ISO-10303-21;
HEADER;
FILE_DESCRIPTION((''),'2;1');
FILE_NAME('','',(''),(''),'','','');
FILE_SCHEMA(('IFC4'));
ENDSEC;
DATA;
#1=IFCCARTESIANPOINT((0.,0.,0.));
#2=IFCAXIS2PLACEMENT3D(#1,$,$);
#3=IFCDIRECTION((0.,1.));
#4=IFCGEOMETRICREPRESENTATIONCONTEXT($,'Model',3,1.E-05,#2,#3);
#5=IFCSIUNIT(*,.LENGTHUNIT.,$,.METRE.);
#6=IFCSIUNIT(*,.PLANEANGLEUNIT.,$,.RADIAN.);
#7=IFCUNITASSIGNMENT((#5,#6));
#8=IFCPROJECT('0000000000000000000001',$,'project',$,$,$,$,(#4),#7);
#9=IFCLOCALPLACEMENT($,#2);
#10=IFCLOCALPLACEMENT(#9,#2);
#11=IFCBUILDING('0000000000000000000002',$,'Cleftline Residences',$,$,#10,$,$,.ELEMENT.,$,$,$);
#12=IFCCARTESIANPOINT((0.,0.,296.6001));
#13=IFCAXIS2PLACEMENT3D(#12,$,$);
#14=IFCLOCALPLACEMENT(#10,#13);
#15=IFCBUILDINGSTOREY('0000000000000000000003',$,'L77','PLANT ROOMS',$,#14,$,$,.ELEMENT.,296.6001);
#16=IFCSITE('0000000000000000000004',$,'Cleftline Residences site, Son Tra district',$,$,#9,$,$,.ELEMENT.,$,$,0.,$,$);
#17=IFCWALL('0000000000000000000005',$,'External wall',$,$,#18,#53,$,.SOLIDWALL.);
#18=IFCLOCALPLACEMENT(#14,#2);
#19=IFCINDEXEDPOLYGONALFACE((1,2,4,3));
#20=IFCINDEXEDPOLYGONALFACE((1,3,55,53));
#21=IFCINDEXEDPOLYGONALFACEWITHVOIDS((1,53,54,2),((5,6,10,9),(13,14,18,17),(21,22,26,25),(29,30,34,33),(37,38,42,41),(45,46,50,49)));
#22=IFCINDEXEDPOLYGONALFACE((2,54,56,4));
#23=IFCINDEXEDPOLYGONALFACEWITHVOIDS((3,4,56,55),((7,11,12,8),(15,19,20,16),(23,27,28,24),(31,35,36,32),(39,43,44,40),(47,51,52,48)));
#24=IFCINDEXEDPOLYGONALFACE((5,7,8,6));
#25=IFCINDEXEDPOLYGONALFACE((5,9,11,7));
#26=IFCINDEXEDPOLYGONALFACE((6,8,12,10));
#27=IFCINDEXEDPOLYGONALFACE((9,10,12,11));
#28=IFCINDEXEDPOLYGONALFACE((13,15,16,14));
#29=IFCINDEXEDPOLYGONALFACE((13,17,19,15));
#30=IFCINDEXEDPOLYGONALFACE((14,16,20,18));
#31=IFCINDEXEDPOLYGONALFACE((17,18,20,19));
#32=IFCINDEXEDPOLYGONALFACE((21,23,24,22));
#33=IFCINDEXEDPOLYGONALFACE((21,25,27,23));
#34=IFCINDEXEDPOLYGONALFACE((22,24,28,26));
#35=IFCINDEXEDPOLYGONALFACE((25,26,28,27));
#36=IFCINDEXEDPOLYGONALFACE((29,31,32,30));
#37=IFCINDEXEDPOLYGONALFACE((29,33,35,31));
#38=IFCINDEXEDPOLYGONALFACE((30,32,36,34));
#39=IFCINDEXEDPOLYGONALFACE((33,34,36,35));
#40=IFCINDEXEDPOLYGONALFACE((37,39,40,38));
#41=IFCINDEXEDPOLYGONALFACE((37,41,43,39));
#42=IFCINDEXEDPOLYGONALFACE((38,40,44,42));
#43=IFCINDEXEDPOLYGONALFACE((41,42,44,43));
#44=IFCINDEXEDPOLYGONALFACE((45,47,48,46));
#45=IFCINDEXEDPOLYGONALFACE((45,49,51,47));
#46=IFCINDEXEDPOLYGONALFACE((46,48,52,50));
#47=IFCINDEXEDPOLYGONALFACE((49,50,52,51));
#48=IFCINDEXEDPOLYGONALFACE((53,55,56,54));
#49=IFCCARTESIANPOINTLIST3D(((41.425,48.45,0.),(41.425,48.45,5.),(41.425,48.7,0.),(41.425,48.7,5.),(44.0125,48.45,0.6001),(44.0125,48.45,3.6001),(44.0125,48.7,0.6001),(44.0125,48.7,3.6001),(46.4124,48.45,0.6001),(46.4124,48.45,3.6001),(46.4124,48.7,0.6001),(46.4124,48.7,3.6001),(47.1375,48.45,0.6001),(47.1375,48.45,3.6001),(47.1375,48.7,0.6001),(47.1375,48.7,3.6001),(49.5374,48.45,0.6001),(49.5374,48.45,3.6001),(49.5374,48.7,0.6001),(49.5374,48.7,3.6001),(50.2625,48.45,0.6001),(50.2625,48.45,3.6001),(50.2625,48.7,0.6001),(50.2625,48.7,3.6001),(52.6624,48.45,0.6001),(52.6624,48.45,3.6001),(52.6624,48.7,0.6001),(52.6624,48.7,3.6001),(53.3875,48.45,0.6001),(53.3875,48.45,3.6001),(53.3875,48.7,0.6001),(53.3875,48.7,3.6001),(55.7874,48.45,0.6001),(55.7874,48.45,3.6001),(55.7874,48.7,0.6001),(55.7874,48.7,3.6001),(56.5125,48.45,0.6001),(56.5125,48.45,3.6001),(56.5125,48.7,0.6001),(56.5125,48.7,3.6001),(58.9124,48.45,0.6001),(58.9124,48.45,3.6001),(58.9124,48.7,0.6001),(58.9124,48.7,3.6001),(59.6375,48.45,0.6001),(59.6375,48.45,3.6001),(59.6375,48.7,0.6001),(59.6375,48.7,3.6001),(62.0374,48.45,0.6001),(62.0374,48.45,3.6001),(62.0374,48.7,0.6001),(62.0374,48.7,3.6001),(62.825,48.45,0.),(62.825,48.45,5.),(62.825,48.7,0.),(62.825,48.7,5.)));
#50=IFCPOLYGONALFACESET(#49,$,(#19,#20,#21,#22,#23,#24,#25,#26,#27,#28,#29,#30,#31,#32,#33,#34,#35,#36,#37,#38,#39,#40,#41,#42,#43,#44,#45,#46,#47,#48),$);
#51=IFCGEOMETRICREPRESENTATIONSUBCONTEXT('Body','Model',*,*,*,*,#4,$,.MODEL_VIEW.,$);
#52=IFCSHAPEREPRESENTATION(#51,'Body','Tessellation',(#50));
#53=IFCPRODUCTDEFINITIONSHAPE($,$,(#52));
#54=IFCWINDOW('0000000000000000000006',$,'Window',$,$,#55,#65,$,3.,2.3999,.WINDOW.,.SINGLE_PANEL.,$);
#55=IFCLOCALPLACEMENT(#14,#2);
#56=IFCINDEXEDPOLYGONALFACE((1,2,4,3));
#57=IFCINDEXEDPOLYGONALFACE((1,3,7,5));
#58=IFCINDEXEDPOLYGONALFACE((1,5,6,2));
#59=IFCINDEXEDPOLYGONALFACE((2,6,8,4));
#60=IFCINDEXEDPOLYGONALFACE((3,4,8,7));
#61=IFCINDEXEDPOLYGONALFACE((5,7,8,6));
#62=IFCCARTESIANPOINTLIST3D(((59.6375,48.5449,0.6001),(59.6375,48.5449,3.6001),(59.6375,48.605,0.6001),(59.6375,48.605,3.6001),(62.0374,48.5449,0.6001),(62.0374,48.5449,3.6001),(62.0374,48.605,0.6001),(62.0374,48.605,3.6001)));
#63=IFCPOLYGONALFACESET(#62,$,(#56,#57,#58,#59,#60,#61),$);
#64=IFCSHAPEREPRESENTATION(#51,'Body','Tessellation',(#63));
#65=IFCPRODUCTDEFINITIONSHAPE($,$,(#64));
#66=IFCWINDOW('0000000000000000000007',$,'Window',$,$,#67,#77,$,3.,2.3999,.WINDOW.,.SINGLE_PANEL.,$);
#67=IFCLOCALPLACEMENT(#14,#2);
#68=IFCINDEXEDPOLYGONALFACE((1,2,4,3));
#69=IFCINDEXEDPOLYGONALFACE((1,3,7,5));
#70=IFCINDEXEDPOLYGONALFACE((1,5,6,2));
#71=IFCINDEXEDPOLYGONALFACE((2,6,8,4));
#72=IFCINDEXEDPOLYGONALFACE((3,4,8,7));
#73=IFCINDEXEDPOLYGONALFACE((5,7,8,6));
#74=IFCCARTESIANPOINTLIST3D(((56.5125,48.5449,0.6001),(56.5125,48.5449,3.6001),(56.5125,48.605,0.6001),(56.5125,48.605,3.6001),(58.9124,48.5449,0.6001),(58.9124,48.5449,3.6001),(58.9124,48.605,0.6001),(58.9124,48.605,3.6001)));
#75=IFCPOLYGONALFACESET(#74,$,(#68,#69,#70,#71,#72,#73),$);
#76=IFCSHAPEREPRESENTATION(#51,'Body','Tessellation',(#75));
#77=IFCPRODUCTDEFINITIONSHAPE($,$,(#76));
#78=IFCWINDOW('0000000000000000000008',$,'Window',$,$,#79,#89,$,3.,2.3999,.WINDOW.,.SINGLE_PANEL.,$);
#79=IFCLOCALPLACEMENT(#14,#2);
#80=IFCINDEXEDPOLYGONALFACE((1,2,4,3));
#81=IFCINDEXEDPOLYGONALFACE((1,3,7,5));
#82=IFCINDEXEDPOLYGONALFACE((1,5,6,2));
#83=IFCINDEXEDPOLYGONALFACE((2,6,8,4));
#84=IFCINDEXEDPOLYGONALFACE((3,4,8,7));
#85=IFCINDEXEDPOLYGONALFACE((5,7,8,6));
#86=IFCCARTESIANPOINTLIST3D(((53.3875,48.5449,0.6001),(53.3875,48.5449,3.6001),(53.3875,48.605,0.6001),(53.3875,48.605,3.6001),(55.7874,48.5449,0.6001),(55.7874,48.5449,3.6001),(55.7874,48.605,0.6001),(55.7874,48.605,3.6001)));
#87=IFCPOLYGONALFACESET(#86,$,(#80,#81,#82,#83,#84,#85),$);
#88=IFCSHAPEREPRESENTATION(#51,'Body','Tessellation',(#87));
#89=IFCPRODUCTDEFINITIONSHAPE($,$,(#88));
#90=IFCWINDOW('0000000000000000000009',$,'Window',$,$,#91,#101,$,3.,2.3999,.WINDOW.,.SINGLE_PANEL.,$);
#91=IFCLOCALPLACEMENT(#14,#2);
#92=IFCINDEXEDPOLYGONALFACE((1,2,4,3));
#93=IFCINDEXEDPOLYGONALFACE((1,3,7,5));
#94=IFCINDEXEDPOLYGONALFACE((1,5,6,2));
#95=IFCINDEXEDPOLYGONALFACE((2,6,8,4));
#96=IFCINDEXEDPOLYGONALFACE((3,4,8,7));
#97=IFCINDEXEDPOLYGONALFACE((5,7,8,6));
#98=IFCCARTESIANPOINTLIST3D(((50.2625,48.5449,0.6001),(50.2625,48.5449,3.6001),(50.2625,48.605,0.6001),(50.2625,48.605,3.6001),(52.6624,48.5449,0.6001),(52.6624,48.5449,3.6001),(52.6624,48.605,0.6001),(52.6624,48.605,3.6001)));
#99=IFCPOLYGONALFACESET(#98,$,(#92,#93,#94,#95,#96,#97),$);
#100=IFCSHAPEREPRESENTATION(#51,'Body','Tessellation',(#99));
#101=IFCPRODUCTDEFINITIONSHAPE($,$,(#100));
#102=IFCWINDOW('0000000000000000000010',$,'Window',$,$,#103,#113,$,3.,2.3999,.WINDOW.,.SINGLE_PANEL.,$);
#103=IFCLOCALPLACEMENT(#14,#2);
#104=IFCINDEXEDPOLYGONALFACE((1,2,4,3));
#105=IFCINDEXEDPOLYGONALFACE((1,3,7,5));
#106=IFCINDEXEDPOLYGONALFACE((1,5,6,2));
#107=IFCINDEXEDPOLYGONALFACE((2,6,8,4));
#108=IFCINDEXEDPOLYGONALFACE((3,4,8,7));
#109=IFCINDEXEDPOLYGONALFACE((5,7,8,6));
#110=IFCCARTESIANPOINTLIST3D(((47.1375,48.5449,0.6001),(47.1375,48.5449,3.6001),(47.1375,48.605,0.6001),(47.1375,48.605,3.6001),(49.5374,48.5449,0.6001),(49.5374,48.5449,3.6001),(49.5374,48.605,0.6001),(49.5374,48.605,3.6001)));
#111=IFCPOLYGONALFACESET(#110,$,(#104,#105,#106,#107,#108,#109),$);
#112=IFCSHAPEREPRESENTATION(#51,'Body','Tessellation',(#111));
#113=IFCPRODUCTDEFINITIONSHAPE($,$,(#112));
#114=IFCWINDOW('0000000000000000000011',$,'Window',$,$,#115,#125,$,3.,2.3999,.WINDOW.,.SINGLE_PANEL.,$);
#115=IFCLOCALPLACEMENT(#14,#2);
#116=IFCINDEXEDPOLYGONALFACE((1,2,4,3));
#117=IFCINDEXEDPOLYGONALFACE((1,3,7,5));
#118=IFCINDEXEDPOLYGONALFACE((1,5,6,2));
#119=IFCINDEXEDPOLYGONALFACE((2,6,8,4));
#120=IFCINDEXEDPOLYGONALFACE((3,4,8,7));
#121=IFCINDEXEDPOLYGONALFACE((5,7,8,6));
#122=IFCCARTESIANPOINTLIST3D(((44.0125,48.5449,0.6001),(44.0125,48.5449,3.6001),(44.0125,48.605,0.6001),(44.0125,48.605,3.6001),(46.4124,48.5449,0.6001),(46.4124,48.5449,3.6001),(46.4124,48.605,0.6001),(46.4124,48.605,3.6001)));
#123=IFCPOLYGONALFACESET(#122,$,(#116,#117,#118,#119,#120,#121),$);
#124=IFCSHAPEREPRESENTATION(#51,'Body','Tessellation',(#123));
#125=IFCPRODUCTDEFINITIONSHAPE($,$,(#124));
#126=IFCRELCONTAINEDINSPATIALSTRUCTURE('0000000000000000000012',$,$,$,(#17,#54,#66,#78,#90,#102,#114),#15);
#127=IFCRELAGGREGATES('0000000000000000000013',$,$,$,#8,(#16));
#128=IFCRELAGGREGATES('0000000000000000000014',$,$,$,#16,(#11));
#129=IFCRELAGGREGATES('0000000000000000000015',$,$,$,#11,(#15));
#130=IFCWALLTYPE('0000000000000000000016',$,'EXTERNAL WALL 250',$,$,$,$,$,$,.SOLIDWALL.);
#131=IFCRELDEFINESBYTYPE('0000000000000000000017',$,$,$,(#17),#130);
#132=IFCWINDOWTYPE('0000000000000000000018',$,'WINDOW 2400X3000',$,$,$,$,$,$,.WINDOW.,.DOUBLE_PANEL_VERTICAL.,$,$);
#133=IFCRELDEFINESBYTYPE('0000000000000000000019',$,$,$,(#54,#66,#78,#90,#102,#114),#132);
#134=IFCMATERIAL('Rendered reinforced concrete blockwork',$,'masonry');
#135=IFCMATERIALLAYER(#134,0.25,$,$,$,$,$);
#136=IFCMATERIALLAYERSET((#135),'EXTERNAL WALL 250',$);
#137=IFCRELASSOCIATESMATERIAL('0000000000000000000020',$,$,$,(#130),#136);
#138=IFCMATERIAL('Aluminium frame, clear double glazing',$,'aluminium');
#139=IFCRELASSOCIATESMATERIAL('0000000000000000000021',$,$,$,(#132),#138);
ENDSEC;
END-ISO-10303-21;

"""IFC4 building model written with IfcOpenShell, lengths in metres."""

from ifc_helpers import new_model, si_unit, direction, frame, frame_2d, origin, place, context, subcontext, project, spatial, rectangle, extrude, material, layer, layer_set, type_object, element, fill, save


model = new_model("IFC4")

# Units and contexts
model_context = context("Model", 3, precision=1e-05, world=origin(), true_north=direction((0.0, 1.0)))
body_context = subcontext(model_context, "Body", "Model", "MODEL_VIEW")
ifc_project = project(units=[si_unit("LENGTHUNIT", "METRE"), si_unit("PLANEANGLEUNIT", "RADIAN")], contexts=[model_context])

# Site, building, storey
site_placement = place(None, origin())
site = spatial("IfcSite", under=ifc_project, at=site_placement, Name="Cleftline Residences site, Son Tra district", CompositionType="ELEMENT", RefElevation=0.0)
building_placement = place(site_placement, origin())
building = spatial("IfcBuilding", under=site, at=building_placement, Name="Cleftline Residences", CompositionType="ELEMENT")
storey_placement = place(building_placement, frame((0.0, 0.0, 296.6001)))
storey = spatial("IfcBuildingStorey", under=building, at=storey_placement, Name="L77", Description="PLANT ROOMS", CompositionType="ELEMENT", Elevation=296.6001)

# Shared definitions
ifc_material_1 = material(Name="Rendered reinforced concrete blockwork", Category="masonry")
ifc_layer = layer(ifc_material_1, 0.25)
ifc_layer_set = layer_set([ifc_layer], Name="EXTERNAL WALL 250")
wall_type = type_object("IfcWallType", Name="EXTERNAL WALL 250", PredefinedType="SOLIDWALL", material=ifc_layer_set)
ifc_material_2 = material(Name="Aluminium frame, clear double glazing", Category="aluminium")
window_type = type_object("IfcWindowType", Name="WINDOW 2400X3000", PartitioningType="DOUBLE_PANEL_VERTICAL", PredefinedType="WINDOW", material=ifc_material_2)

# Wall, openings, windows
wall_1_placement = place(storey_placement, frame((62.825, 48.575, 0.0), z_axis=(0.0, 0.0, 1.0), x_axis=(-1.0, 0.0, 0.0)))
wall_1 = element("IfcWall", 1, at=wall_1_placement, inside=storey, type_object=wall_type, Name="External wall", PredefinedType="SOLIDWALL", context=body_context, shape_type="SweptSolid", body=[
    extrude(rectangle(XDim=21.3999, YDim=0.25, at=frame_2d((10.7, 0.0))), origin(), (0.0, 0.0, 1.0), 5.0),
])
opening_1_placement = place(wall_1_placement, frame((0.7876, 0.0, 0.6001)))
opening_1 = element("IfcOpeningElement", 2, at=opening_1_placement, cuts=wall_1, PredefinedType="OPENING", context=body_context, shape_type="SweptSolid", body=[
    extrude(rectangle(XDim=2.3999, YDim=3.0, at=frame_2d((1.2, 1.5))), frame((0.0, 0.135, 0.0), z_axis=(0.0, -1.0, 0.0), x_axis=(1.0, 0.0, 0.0)), (0.0, 0.0, 1.0), 0.27),
])
opening_2_placement = place(wall_1_placement, frame((3.9126, 0.0, 0.6001)))
opening_2 = element("IfcOpeningElement", 3, at=opening_2_placement, cuts=wall_1, PredefinedType="OPENING", context=body_context, shape_type="SweptSolid", body=[
    extrude(rectangle(XDim=2.3999, YDim=3.0, at=frame_2d((1.2, 1.5))), frame((0.0, 0.135, 0.0), z_axis=(0.0, -1.0, 0.0), x_axis=(1.0, 0.0, 0.0)), (0.0, 0.0, 1.0), 0.27),
])
opening_3_placement = place(wall_1_placement, frame((7.0376, 0.0, 0.6001)))
opening_3 = element("IfcOpeningElement", 4, at=opening_3_placement, cuts=wall_1, PredefinedType="OPENING", context=body_context, shape_type="SweptSolid", body=[
    extrude(rectangle(XDim=2.3999, YDim=3.0, at=frame_2d((1.2, 1.5))), frame((0.0, 0.135, 0.0), z_axis=(0.0, -1.0, 0.0), x_axis=(1.0, 0.0, 0.0)), (0.0, 0.0, 1.0), 0.27),
])
opening_4_placement = place(wall_1_placement, frame((10.1626, 0.0, 0.6001)))
opening_4 = element("IfcOpeningElement", 5, at=opening_4_placement, cuts=wall_1, PredefinedType="OPENING", context=body_context, shape_type="SweptSolid", body=[
    extrude(rectangle(XDim=2.3999, YDim=3.0, at=frame_2d((1.2, 1.5))), frame((0.0, 0.135, 0.0), z_axis=(0.0, -1.0, 0.0), x_axis=(1.0, 0.0, 0.0)), (0.0, 0.0, 1.0), 0.27),
])
opening_5_placement = place(wall_1_placement, frame((13.2876, 0.0, 0.6001)))
opening_5 = element("IfcOpeningElement", 6, at=opening_5_placement, cuts=wall_1, PredefinedType="OPENING", context=body_context, shape_type="SweptSolid", body=[
    extrude(rectangle(XDim=2.3999, YDim=3.0, at=frame_2d((1.2, 1.5))), frame((0.0, 0.135, 0.0), z_axis=(0.0, -1.0, 0.0), x_axis=(1.0, 0.0, 0.0)), (0.0, 0.0, 1.0), 0.27),
])
opening_6_placement = place(wall_1_placement, frame((16.4126, 0.0, 0.6001)))
opening_6 = element("IfcOpeningElement", 7, at=opening_6_placement, cuts=wall_1, PredefinedType="OPENING", context=body_context, shape_type="SweptSolid", body=[
    extrude(rectangle(XDim=2.3999, YDim=3.0, at=frame_2d((1.2, 1.5))), frame((0.0, 0.135, 0.0), z_axis=(0.0, -1.0, 0.0), x_axis=(1.0, 0.0, 0.0)), (0.0, 0.0, 1.0), 0.27),
])
window_1_placement = place(opening_1_placement, origin())
window_1 = element("IfcWindow", 8, at=window_1_placement, inside=storey, type_object=window_type, Name="Window", OverallHeight=3.0, OverallWidth=2.3999, PartitioningType="SINGLE_PANEL", PredefinedType="WINDOW", context=body_context, shape_type="SweptSolid", body=[
    extrude(rectangle(XDim=2.3999, YDim=3.0, at=frame_2d((1.2, 1.5))), frame((0.0, 0.03, 0.0), z_axis=(0.0, -1.0, 0.0), x_axis=(1.0, 0.0, 0.0)), (0.0, 0.0, 1.0), 0.0601),
])
fill(opening_1, window_1)
window_2_placement = place(opening_2_placement, origin())
window_2 = element("IfcWindow", 9, at=window_2_placement, inside=storey, type_object=window_type, Name="Window", OverallHeight=3.0, OverallWidth=2.3999, PartitioningType="SINGLE_PANEL", PredefinedType="WINDOW", context=body_context, shape_type="SweptSolid", body=[
    extrude(rectangle(XDim=2.3999, YDim=3.0, at=frame_2d((1.2, 1.5))), frame((0.0, 0.03, 0.0), z_axis=(0.0, -1.0, 0.0), x_axis=(1.0, 0.0, 0.0)), (0.0, 0.0, 1.0), 0.0601),
])
fill(opening_2, window_2)
window_3_placement = place(opening_3_placement, origin())
window_3 = element("IfcWindow", 10, at=window_3_placement, inside=storey, type_object=window_type, Name="Window", OverallHeight=3.0, OverallWidth=2.3999, PartitioningType="SINGLE_PANEL", PredefinedType="WINDOW", context=body_context, shape_type="SweptSolid", body=[
    extrude(rectangle(XDim=2.3999, YDim=3.0, at=frame_2d((1.2, 1.5))), frame((0.0, 0.03, 0.0), z_axis=(0.0, -1.0, 0.0), x_axis=(1.0, 0.0, 0.0)), (0.0, 0.0, 1.0), 0.0601),
])
fill(opening_3, window_3)
window_4_placement = place(opening_4_placement, origin())
window_4 = element("IfcWindow", 11, at=window_4_placement, inside=storey, type_object=window_type, Name="Window", OverallHeight=3.0, OverallWidth=2.3999, PartitioningType="SINGLE_PANEL", PredefinedType="WINDOW", context=body_context, shape_type="SweptSolid", body=[
    extrude(rectangle(XDim=2.3999, YDim=3.0, at=frame_2d((1.2, 1.5))), frame((0.0, 0.03, 0.0), z_axis=(0.0, -1.0, 0.0), x_axis=(1.0, 0.0, 0.0)), (0.0, 0.0, 1.0), 0.0601),
])
fill(opening_4, window_4)
window_5_placement = place(opening_5_placement, origin())
window_5 = element("IfcWindow", 12, at=window_5_placement, inside=storey, type_object=window_type, Name="Window", OverallHeight=3.0, OverallWidth=2.3999, PartitioningType="SINGLE_PANEL", PredefinedType="WINDOW", context=body_context, shape_type="SweptSolid", body=[
    extrude(rectangle(XDim=2.3999, YDim=3.0, at=frame_2d((1.2, 1.5))), frame((0.0, 0.03, 0.0), z_axis=(0.0, -1.0, 0.0), x_axis=(1.0, 0.0, 0.0)), (0.0, 0.0, 1.0), 0.0601),
])
fill(opening_5, window_5)
window_6_placement = place(opening_6_placement, origin())
window_6 = element("IfcWindow", 13, at=window_6_placement, inside=storey, type_object=window_type, Name="Window", OverallHeight=3.0, OverallWidth=2.3999, PartitioningType="SINGLE_PANEL", PredefinedType="WINDOW", context=body_context, shape_type="SweptSolid", body=[
    extrude(rectangle(XDim=2.3999, YDim=3.0, at=frame_2d((1.2, 1.5))), frame((0.0, 0.03, 0.0), z_axis=(0.0, -1.0, 0.0), x_axis=(1.0, 0.0, 0.0)), (0.0, 0.0, 1.0), 0.0601),
])
fill(opening_6, window_6)

save(model, "model.ifc")
